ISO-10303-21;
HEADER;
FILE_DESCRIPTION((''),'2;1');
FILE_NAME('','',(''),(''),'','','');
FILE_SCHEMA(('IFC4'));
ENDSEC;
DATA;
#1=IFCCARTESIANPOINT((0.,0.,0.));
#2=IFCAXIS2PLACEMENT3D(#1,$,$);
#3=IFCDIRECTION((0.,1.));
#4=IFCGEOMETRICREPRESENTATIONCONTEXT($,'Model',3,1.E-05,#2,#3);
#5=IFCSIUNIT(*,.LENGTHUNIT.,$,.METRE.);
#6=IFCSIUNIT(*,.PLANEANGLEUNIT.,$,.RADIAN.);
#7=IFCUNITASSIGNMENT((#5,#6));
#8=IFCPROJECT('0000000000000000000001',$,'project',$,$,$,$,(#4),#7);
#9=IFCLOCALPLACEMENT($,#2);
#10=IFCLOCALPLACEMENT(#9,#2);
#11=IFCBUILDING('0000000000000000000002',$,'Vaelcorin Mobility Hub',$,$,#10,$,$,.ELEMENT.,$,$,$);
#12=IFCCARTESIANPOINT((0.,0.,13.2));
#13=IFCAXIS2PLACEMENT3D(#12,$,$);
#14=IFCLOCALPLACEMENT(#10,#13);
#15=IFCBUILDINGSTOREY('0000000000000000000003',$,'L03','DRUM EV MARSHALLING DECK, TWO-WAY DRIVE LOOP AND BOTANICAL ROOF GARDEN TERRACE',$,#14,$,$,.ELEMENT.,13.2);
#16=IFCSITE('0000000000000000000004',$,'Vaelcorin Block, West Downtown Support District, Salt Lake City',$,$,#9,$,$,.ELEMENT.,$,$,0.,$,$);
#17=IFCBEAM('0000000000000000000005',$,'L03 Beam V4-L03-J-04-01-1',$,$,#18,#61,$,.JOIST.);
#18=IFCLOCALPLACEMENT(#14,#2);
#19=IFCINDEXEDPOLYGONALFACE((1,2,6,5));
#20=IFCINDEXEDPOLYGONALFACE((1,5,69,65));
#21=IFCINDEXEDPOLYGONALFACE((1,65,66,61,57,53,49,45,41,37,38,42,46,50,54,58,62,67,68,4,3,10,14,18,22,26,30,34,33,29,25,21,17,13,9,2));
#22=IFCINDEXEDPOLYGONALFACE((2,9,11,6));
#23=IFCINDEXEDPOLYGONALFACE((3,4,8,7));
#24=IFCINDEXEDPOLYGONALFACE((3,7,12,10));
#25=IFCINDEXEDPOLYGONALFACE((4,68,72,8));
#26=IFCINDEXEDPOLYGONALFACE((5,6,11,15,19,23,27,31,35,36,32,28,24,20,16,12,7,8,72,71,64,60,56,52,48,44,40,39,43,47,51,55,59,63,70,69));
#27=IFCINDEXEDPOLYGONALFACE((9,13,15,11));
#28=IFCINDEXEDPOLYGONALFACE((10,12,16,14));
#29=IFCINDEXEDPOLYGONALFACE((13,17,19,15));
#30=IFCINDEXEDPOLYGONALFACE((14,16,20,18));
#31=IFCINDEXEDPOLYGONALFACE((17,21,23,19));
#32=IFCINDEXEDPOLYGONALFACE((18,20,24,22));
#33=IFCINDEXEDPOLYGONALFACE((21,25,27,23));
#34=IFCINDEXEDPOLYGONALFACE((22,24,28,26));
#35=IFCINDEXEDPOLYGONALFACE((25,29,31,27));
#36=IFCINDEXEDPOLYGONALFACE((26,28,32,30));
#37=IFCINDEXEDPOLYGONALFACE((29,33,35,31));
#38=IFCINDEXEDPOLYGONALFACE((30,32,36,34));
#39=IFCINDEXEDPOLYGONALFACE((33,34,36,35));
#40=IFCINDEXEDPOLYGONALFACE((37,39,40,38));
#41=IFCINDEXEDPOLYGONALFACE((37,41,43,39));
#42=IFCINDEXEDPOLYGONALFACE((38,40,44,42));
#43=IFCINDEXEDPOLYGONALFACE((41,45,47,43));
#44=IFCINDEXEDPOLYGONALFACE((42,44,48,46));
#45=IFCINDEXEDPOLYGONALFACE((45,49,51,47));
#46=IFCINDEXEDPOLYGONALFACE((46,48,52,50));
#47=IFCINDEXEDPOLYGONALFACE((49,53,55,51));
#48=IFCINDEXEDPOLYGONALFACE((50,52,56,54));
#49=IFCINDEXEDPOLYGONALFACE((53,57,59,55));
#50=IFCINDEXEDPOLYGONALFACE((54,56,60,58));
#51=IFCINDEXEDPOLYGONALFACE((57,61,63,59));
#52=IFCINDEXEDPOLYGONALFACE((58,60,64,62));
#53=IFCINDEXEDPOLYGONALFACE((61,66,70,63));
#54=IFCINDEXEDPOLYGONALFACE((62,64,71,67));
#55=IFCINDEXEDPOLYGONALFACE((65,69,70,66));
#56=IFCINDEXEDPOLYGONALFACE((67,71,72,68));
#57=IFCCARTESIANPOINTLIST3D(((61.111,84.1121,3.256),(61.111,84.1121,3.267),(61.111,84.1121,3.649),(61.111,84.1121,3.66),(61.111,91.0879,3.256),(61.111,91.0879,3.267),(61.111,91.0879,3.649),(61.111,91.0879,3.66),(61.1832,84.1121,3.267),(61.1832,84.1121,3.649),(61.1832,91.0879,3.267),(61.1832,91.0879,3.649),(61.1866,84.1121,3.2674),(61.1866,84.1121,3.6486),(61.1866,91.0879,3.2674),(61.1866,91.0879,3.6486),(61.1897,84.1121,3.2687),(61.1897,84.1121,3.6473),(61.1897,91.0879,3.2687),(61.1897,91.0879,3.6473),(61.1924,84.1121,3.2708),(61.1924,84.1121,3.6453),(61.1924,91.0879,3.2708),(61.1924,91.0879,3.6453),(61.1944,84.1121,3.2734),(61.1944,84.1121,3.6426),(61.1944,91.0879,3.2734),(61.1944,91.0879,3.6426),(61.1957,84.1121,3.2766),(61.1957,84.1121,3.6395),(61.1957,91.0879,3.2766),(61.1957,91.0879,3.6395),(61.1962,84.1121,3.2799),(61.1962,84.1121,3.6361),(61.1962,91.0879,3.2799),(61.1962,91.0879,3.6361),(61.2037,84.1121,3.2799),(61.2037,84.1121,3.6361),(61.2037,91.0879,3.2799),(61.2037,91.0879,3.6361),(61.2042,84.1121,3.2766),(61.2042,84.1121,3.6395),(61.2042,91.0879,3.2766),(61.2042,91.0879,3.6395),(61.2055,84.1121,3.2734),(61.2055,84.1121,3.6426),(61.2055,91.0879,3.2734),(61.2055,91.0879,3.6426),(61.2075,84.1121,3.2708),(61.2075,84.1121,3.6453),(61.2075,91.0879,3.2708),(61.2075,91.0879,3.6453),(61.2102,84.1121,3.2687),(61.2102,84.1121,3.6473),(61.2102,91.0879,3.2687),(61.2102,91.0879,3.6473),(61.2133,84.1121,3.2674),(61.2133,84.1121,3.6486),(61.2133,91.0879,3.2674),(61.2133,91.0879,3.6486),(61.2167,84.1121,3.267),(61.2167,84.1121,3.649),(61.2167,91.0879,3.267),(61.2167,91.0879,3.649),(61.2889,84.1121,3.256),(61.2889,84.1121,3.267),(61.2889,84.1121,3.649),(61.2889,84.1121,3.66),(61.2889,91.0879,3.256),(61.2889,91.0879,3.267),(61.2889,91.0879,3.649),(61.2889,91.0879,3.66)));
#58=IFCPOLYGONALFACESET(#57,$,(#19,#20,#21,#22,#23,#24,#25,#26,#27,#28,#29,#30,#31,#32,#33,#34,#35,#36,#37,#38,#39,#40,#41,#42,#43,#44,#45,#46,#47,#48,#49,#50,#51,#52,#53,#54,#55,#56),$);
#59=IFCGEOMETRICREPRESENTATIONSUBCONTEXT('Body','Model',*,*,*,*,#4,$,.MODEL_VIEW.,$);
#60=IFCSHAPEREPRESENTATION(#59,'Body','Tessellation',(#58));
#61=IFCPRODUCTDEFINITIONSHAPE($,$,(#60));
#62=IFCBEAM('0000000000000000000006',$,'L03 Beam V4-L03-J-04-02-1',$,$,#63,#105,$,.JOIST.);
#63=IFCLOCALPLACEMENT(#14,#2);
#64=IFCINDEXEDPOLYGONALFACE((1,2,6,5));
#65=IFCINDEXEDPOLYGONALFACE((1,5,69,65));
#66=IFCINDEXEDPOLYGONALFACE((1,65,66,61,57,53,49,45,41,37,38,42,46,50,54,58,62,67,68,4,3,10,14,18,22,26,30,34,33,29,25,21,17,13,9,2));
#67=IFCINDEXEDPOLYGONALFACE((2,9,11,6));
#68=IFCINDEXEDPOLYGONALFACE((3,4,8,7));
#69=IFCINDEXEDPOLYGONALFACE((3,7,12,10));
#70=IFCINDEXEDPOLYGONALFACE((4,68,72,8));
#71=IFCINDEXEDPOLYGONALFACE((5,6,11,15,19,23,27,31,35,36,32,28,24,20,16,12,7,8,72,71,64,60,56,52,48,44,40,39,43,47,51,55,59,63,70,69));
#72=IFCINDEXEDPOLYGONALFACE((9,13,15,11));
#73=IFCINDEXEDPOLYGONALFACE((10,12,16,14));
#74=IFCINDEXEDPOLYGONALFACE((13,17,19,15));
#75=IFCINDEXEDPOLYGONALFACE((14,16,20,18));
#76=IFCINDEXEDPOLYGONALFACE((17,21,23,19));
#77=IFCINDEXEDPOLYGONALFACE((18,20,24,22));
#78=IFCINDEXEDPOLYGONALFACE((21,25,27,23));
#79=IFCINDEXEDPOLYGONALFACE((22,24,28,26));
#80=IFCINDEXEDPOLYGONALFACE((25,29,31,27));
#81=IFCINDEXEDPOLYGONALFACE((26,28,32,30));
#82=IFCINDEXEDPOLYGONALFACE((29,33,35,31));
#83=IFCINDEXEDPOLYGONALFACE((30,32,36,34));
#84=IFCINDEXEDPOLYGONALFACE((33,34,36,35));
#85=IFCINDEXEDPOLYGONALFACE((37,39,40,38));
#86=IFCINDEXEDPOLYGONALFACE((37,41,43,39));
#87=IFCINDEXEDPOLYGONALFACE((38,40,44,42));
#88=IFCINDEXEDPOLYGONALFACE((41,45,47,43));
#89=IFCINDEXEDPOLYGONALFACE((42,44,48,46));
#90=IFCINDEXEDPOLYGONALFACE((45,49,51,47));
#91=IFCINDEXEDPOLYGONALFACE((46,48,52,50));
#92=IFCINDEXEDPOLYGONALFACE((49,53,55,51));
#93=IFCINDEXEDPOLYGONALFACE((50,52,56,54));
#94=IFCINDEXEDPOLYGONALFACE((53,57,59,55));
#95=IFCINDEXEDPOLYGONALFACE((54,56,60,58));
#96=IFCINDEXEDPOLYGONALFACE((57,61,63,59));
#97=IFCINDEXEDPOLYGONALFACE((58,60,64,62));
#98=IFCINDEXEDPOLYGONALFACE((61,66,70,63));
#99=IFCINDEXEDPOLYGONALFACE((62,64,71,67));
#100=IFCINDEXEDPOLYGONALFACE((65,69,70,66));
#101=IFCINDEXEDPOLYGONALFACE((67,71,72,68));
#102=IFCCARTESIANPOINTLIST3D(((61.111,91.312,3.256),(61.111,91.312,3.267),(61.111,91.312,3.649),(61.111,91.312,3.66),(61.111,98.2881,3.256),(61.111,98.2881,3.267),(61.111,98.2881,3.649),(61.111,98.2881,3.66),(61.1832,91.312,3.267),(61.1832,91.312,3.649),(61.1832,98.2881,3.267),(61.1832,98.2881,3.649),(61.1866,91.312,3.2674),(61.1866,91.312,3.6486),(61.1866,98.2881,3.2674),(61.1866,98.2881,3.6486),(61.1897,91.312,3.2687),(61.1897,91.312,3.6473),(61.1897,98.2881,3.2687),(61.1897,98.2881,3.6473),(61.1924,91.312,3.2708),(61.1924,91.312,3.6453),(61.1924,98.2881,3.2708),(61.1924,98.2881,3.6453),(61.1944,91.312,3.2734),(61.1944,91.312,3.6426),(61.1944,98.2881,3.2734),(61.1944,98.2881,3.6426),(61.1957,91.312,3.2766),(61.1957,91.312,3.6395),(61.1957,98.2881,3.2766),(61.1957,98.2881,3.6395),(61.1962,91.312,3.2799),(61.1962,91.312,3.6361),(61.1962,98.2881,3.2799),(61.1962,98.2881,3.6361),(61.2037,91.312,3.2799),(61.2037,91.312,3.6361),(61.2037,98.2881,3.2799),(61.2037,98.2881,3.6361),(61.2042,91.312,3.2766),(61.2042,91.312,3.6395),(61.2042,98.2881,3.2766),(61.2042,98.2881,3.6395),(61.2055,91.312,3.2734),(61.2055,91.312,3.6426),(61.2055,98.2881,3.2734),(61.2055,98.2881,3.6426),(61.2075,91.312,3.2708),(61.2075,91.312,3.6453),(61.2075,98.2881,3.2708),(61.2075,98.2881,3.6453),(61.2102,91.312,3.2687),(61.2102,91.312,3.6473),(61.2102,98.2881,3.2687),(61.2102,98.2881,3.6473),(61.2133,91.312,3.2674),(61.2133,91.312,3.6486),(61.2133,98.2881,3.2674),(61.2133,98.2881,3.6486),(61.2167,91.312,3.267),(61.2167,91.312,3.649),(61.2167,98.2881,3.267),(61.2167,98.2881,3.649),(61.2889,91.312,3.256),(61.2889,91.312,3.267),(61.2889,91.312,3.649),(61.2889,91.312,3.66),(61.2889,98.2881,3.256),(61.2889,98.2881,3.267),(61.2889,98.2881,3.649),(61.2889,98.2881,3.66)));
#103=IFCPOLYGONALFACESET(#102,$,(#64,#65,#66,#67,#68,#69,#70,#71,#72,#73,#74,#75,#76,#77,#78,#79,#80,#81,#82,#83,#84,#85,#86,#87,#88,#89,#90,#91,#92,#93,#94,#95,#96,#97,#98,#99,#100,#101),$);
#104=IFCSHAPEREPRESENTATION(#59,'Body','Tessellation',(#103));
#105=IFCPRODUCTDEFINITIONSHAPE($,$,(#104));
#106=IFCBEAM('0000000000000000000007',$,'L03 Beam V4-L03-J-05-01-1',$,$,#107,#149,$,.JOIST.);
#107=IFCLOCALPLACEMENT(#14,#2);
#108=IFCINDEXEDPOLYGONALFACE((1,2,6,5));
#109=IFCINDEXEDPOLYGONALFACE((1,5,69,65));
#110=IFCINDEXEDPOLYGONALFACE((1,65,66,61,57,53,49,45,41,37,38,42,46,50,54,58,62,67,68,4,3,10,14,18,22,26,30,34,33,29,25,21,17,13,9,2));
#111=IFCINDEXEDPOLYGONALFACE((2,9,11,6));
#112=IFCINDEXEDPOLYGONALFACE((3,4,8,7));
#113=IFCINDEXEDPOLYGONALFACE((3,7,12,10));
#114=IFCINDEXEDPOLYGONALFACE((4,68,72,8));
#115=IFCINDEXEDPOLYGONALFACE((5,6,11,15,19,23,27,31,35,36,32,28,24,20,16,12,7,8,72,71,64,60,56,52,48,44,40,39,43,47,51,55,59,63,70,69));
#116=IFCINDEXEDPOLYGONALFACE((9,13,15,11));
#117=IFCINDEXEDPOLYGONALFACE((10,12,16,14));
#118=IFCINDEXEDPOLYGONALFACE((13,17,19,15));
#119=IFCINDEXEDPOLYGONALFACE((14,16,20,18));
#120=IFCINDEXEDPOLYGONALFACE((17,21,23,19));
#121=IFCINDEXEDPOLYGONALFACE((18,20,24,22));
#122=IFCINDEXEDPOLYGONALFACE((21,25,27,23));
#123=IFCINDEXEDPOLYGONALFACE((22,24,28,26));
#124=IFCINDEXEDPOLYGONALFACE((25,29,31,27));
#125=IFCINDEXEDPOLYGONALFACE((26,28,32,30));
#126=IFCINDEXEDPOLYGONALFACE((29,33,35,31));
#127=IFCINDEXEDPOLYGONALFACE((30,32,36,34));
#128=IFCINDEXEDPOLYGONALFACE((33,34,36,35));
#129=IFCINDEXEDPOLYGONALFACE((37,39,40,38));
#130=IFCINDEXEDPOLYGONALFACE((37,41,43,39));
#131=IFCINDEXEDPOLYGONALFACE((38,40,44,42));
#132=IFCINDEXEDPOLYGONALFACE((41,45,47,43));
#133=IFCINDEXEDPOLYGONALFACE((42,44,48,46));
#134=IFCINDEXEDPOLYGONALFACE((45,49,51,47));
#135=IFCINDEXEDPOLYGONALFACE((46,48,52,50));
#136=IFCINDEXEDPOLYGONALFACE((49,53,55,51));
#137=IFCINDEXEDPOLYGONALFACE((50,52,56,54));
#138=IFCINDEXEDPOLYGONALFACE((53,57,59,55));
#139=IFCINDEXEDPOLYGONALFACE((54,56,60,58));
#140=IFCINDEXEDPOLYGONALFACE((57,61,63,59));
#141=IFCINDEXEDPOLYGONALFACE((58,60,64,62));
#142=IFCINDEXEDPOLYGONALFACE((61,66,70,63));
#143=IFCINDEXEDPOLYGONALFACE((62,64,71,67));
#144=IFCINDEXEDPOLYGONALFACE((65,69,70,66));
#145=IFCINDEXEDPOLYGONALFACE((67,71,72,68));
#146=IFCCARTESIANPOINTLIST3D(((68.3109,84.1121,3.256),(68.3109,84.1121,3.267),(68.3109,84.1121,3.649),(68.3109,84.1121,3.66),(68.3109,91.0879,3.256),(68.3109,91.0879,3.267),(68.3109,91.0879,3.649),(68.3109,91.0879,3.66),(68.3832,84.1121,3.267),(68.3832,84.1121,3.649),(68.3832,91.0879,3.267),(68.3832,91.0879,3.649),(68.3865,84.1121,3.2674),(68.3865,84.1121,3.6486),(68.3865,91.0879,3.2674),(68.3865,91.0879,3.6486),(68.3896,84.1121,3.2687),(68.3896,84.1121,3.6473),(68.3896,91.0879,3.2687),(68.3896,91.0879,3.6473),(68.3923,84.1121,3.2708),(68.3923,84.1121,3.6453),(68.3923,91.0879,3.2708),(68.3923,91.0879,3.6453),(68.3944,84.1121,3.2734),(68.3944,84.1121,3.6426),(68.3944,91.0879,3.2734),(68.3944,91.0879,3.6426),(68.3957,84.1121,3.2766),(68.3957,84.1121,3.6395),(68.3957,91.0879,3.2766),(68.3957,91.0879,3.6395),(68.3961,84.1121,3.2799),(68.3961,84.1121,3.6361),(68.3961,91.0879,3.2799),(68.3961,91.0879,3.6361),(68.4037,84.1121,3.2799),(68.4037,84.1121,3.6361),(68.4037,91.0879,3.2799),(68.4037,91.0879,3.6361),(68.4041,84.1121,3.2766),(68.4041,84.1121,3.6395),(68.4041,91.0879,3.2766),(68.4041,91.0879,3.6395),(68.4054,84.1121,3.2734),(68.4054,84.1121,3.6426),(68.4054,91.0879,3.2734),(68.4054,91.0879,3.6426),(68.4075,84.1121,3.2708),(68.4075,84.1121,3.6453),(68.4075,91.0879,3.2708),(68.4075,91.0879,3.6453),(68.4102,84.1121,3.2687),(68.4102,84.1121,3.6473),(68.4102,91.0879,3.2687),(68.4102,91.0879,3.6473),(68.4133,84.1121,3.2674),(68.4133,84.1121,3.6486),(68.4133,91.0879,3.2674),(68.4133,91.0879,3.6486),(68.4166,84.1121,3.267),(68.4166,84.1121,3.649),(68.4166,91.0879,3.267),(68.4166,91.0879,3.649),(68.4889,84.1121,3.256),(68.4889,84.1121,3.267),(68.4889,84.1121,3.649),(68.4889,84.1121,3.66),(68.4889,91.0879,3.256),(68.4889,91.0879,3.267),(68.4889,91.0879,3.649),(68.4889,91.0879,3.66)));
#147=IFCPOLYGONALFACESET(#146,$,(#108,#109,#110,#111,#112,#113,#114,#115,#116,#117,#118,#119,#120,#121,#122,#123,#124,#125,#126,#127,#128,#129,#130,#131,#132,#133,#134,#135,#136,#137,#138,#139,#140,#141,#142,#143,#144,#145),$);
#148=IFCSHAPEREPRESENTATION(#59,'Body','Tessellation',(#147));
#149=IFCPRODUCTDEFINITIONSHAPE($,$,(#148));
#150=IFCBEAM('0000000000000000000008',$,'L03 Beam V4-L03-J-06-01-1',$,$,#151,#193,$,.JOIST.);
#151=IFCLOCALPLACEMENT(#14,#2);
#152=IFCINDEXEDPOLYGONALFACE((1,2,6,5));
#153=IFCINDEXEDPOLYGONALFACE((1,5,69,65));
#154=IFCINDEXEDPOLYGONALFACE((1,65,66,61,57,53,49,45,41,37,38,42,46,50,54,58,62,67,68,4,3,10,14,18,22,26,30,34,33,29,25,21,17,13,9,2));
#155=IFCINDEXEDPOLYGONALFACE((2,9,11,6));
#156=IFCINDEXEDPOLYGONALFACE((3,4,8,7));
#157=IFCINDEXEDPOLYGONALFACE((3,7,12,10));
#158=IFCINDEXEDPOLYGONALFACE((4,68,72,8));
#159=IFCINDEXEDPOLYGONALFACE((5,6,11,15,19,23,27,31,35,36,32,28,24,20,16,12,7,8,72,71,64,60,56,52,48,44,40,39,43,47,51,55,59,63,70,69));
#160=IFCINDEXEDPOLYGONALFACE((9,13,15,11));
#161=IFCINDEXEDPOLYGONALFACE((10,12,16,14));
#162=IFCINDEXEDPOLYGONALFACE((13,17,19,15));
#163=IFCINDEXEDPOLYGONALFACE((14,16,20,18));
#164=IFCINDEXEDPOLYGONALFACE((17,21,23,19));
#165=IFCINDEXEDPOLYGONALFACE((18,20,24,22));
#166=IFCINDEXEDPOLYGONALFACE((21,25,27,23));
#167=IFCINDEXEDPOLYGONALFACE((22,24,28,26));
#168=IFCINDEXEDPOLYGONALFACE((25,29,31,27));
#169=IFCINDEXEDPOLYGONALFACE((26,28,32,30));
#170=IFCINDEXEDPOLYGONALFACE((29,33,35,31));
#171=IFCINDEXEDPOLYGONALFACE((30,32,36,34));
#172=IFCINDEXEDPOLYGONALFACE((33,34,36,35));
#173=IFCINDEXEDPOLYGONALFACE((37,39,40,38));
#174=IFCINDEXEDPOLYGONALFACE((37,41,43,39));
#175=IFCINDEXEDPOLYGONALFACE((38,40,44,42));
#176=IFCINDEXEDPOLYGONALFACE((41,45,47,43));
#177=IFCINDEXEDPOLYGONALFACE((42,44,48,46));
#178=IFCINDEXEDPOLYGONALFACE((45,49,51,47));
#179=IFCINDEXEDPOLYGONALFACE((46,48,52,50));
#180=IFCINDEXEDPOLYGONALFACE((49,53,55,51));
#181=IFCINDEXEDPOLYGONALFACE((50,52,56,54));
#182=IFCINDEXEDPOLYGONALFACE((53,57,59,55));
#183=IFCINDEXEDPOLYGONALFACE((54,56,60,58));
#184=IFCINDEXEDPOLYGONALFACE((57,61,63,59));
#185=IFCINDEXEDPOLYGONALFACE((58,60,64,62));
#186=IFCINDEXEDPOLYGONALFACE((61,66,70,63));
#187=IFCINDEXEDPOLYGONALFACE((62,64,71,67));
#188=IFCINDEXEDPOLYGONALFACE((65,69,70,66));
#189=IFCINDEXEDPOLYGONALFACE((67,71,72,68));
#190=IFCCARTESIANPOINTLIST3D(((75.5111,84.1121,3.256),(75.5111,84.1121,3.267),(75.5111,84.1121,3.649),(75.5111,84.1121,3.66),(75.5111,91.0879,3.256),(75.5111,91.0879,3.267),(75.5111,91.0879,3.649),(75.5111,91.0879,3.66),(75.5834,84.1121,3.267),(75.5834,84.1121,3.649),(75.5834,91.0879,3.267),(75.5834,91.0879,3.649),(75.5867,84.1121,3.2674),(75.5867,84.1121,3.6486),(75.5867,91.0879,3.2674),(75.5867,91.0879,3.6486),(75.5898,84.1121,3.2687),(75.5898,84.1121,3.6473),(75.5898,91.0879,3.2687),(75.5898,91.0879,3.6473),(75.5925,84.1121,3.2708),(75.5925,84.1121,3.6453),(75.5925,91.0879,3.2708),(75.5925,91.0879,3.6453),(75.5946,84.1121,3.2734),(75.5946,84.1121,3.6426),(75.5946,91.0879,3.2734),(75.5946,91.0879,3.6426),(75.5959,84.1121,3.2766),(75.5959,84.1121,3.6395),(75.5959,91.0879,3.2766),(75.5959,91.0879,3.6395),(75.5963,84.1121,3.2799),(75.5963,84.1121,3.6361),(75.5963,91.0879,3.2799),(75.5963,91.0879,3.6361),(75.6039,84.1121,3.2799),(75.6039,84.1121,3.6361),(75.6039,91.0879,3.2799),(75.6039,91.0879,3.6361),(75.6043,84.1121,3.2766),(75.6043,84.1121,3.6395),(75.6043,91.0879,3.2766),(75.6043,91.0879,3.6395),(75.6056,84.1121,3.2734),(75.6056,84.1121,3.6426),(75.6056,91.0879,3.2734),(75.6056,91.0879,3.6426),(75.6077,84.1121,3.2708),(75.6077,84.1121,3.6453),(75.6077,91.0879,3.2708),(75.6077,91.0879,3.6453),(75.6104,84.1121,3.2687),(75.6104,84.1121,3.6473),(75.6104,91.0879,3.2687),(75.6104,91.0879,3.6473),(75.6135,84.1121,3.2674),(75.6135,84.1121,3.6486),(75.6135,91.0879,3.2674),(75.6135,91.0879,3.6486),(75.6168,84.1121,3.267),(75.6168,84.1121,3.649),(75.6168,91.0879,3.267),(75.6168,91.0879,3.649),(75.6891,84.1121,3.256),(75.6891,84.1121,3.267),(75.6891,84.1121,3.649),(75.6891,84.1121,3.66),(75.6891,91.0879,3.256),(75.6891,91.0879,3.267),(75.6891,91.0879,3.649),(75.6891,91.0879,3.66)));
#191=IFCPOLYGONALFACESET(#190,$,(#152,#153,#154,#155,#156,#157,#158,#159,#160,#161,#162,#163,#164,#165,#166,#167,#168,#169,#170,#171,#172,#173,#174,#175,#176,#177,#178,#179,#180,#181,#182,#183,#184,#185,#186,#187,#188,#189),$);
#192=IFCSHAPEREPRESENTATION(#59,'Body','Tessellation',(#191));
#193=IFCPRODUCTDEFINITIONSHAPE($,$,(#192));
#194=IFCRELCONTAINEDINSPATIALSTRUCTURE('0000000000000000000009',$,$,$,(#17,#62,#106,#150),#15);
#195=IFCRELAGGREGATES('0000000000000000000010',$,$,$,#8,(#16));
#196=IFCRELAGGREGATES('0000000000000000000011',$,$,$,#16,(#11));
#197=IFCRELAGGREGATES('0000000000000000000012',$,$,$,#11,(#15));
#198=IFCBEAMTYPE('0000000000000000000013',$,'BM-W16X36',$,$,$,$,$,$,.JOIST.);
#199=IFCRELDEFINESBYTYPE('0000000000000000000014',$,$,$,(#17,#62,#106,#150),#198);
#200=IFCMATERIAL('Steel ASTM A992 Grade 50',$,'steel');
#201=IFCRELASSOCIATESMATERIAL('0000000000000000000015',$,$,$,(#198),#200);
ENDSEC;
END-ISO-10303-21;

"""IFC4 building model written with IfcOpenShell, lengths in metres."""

from ifc_helpers import new_model, si_unit, direction, frame, origin, origin_2d, place, context, subcontext, project, spatial, i_section, extrude, material, material_profile, profile_set, type_object, element, save


model = new_model("IFC4")

# Units and contexts
model_context = context("Model", 3, precision=1e-05, world=origin(), true_north=direction((0.0, 1.0)))
body_context = subcontext(model_context, "Body", "Model", "MODEL_VIEW")
ifc_project = project(units=[si_unit("LENGTHUNIT", "METRE"), si_unit("PLANEANGLEUNIT", "RADIAN")], contexts=[model_context])

# Site, building, storey
site_placement = place(None, origin())
site = spatial("IfcSite", under=ifc_project, at=site_placement, Name="Vaelcorin Block, West Downtown Support District, Salt Lake City", CompositionType="ELEMENT", RefElevation=0.0)
building_placement = place(site_placement, origin())
building = spatial("IfcBuilding", under=site, at=building_placement, Name="Vaelcorin Mobility Hub", CompositionType="ELEMENT")
storey_placement = place(building_placement, frame((0.0, 0.0, 13.2)))
storey = spatial("IfcBuildingStorey", under=building, at=storey_placement, Name="L03", Description="DRUM EV MARSHALLING DECK, TWO-WAY DRIVE LOOP AND BOTANICAL ROOF GARDEN TERRACE", CompositionType="ELEMENT", Elevation=13.2)

# Shared definitions
ifc_material_1 = material(Name="Steel ASTM A992 Grade 50", Category="steel")

# Beams
ifc_material_profile_1 = material_profile(ifc_material_1, i_section(OverallWidth=0.178, OverallDepth=0.4041, WebThickness=0.0076, FlangeThickness=0.011, FilletRadius=0.0129, at=origin_2d()), Name="W16X36")
ifc_profile_set_1 = profile_set([ifc_material_profile_1], Name="Steel ASTM A992 Grade 50")
beam_type_1 = type_object("IfcBeamType", Name="BM-W16X36", PredefinedType="JOIST", material=ifc_profile_set_1)
beam_1_placement = place(storey_placement, frame((61.2, 84.1121, 3.458), z_axis=(0.0, 1.0, 0.0), x_axis=(-1.0, 0.0, 0.0)))
element("IfcBeam", 1, at=beam_1_placement, inside=storey, type_object=beam_type_1, Name="L03 Beam V4-L03-J-04-01-1", PredefinedType="JOIST", context=body_context, shape_type="SweptSolid", body=[
    extrude(i_section(OverallWidth=0.178, OverallDepth=0.4041, WebThickness=0.0076, FlangeThickness=0.011, FilletRadius=0.0129, at=origin_2d()), origin(), (0.0, 0.0, 1.0), 6.9758),
])
beam_2_placement = place(storey_placement, frame((61.2, 91.312, 3.458), z_axis=(0.0, 1.0, 0.0), x_axis=(-1.0, 0.0, 0.0)))
element("IfcBeam", 2, at=beam_2_placement, inside=storey, type_object=beam_type_1, Name="L03 Beam V4-L03-J-04-02-1", PredefinedType="JOIST", context=body_context, shape_type="SweptSolid", body=[
    extrude(i_section(OverallWidth=0.178, OverallDepth=0.4041, WebThickness=0.0076, FlangeThickness=0.011, FilletRadius=0.0129, at=origin_2d()), origin(), (0.0, 0.0, 1.0), 6.9761),
])
for number, where, z_axis, x_axis, name in (
    (3, (68.3999, 84.1121, 3.458), (0.0, 1.0, 0.0), (-1.0, 0.0, 0.0), "L03 Beam V4-L03-J-05-01-1"),
    (4, (75.6001, 84.1121, 3.458), (0.0, 1.0, 0.0), (-1.0, 0.0, 0.0), "L03 Beam V4-L03-J-06-01-1"),
):
    element("IfcBeam", number, at=place(storey_placement, frame(where, z_axis=z_axis, x_axis=x_axis)), inside=storey, type_object=beam_type_1, Name=name, PredefinedType="JOIST", context=body_context, shape_type="SweptSolid", body=[
        extrude(i_section(OverallWidth=0.178, OverallDepth=0.4041, WebThickness=0.0076, FlangeThickness=0.011, FilletRadius=0.0129, at=origin_2d()), origin(), (0.0, 0.0, 1.0), 6.9758),
    ])

save(model, "model.ifc")
